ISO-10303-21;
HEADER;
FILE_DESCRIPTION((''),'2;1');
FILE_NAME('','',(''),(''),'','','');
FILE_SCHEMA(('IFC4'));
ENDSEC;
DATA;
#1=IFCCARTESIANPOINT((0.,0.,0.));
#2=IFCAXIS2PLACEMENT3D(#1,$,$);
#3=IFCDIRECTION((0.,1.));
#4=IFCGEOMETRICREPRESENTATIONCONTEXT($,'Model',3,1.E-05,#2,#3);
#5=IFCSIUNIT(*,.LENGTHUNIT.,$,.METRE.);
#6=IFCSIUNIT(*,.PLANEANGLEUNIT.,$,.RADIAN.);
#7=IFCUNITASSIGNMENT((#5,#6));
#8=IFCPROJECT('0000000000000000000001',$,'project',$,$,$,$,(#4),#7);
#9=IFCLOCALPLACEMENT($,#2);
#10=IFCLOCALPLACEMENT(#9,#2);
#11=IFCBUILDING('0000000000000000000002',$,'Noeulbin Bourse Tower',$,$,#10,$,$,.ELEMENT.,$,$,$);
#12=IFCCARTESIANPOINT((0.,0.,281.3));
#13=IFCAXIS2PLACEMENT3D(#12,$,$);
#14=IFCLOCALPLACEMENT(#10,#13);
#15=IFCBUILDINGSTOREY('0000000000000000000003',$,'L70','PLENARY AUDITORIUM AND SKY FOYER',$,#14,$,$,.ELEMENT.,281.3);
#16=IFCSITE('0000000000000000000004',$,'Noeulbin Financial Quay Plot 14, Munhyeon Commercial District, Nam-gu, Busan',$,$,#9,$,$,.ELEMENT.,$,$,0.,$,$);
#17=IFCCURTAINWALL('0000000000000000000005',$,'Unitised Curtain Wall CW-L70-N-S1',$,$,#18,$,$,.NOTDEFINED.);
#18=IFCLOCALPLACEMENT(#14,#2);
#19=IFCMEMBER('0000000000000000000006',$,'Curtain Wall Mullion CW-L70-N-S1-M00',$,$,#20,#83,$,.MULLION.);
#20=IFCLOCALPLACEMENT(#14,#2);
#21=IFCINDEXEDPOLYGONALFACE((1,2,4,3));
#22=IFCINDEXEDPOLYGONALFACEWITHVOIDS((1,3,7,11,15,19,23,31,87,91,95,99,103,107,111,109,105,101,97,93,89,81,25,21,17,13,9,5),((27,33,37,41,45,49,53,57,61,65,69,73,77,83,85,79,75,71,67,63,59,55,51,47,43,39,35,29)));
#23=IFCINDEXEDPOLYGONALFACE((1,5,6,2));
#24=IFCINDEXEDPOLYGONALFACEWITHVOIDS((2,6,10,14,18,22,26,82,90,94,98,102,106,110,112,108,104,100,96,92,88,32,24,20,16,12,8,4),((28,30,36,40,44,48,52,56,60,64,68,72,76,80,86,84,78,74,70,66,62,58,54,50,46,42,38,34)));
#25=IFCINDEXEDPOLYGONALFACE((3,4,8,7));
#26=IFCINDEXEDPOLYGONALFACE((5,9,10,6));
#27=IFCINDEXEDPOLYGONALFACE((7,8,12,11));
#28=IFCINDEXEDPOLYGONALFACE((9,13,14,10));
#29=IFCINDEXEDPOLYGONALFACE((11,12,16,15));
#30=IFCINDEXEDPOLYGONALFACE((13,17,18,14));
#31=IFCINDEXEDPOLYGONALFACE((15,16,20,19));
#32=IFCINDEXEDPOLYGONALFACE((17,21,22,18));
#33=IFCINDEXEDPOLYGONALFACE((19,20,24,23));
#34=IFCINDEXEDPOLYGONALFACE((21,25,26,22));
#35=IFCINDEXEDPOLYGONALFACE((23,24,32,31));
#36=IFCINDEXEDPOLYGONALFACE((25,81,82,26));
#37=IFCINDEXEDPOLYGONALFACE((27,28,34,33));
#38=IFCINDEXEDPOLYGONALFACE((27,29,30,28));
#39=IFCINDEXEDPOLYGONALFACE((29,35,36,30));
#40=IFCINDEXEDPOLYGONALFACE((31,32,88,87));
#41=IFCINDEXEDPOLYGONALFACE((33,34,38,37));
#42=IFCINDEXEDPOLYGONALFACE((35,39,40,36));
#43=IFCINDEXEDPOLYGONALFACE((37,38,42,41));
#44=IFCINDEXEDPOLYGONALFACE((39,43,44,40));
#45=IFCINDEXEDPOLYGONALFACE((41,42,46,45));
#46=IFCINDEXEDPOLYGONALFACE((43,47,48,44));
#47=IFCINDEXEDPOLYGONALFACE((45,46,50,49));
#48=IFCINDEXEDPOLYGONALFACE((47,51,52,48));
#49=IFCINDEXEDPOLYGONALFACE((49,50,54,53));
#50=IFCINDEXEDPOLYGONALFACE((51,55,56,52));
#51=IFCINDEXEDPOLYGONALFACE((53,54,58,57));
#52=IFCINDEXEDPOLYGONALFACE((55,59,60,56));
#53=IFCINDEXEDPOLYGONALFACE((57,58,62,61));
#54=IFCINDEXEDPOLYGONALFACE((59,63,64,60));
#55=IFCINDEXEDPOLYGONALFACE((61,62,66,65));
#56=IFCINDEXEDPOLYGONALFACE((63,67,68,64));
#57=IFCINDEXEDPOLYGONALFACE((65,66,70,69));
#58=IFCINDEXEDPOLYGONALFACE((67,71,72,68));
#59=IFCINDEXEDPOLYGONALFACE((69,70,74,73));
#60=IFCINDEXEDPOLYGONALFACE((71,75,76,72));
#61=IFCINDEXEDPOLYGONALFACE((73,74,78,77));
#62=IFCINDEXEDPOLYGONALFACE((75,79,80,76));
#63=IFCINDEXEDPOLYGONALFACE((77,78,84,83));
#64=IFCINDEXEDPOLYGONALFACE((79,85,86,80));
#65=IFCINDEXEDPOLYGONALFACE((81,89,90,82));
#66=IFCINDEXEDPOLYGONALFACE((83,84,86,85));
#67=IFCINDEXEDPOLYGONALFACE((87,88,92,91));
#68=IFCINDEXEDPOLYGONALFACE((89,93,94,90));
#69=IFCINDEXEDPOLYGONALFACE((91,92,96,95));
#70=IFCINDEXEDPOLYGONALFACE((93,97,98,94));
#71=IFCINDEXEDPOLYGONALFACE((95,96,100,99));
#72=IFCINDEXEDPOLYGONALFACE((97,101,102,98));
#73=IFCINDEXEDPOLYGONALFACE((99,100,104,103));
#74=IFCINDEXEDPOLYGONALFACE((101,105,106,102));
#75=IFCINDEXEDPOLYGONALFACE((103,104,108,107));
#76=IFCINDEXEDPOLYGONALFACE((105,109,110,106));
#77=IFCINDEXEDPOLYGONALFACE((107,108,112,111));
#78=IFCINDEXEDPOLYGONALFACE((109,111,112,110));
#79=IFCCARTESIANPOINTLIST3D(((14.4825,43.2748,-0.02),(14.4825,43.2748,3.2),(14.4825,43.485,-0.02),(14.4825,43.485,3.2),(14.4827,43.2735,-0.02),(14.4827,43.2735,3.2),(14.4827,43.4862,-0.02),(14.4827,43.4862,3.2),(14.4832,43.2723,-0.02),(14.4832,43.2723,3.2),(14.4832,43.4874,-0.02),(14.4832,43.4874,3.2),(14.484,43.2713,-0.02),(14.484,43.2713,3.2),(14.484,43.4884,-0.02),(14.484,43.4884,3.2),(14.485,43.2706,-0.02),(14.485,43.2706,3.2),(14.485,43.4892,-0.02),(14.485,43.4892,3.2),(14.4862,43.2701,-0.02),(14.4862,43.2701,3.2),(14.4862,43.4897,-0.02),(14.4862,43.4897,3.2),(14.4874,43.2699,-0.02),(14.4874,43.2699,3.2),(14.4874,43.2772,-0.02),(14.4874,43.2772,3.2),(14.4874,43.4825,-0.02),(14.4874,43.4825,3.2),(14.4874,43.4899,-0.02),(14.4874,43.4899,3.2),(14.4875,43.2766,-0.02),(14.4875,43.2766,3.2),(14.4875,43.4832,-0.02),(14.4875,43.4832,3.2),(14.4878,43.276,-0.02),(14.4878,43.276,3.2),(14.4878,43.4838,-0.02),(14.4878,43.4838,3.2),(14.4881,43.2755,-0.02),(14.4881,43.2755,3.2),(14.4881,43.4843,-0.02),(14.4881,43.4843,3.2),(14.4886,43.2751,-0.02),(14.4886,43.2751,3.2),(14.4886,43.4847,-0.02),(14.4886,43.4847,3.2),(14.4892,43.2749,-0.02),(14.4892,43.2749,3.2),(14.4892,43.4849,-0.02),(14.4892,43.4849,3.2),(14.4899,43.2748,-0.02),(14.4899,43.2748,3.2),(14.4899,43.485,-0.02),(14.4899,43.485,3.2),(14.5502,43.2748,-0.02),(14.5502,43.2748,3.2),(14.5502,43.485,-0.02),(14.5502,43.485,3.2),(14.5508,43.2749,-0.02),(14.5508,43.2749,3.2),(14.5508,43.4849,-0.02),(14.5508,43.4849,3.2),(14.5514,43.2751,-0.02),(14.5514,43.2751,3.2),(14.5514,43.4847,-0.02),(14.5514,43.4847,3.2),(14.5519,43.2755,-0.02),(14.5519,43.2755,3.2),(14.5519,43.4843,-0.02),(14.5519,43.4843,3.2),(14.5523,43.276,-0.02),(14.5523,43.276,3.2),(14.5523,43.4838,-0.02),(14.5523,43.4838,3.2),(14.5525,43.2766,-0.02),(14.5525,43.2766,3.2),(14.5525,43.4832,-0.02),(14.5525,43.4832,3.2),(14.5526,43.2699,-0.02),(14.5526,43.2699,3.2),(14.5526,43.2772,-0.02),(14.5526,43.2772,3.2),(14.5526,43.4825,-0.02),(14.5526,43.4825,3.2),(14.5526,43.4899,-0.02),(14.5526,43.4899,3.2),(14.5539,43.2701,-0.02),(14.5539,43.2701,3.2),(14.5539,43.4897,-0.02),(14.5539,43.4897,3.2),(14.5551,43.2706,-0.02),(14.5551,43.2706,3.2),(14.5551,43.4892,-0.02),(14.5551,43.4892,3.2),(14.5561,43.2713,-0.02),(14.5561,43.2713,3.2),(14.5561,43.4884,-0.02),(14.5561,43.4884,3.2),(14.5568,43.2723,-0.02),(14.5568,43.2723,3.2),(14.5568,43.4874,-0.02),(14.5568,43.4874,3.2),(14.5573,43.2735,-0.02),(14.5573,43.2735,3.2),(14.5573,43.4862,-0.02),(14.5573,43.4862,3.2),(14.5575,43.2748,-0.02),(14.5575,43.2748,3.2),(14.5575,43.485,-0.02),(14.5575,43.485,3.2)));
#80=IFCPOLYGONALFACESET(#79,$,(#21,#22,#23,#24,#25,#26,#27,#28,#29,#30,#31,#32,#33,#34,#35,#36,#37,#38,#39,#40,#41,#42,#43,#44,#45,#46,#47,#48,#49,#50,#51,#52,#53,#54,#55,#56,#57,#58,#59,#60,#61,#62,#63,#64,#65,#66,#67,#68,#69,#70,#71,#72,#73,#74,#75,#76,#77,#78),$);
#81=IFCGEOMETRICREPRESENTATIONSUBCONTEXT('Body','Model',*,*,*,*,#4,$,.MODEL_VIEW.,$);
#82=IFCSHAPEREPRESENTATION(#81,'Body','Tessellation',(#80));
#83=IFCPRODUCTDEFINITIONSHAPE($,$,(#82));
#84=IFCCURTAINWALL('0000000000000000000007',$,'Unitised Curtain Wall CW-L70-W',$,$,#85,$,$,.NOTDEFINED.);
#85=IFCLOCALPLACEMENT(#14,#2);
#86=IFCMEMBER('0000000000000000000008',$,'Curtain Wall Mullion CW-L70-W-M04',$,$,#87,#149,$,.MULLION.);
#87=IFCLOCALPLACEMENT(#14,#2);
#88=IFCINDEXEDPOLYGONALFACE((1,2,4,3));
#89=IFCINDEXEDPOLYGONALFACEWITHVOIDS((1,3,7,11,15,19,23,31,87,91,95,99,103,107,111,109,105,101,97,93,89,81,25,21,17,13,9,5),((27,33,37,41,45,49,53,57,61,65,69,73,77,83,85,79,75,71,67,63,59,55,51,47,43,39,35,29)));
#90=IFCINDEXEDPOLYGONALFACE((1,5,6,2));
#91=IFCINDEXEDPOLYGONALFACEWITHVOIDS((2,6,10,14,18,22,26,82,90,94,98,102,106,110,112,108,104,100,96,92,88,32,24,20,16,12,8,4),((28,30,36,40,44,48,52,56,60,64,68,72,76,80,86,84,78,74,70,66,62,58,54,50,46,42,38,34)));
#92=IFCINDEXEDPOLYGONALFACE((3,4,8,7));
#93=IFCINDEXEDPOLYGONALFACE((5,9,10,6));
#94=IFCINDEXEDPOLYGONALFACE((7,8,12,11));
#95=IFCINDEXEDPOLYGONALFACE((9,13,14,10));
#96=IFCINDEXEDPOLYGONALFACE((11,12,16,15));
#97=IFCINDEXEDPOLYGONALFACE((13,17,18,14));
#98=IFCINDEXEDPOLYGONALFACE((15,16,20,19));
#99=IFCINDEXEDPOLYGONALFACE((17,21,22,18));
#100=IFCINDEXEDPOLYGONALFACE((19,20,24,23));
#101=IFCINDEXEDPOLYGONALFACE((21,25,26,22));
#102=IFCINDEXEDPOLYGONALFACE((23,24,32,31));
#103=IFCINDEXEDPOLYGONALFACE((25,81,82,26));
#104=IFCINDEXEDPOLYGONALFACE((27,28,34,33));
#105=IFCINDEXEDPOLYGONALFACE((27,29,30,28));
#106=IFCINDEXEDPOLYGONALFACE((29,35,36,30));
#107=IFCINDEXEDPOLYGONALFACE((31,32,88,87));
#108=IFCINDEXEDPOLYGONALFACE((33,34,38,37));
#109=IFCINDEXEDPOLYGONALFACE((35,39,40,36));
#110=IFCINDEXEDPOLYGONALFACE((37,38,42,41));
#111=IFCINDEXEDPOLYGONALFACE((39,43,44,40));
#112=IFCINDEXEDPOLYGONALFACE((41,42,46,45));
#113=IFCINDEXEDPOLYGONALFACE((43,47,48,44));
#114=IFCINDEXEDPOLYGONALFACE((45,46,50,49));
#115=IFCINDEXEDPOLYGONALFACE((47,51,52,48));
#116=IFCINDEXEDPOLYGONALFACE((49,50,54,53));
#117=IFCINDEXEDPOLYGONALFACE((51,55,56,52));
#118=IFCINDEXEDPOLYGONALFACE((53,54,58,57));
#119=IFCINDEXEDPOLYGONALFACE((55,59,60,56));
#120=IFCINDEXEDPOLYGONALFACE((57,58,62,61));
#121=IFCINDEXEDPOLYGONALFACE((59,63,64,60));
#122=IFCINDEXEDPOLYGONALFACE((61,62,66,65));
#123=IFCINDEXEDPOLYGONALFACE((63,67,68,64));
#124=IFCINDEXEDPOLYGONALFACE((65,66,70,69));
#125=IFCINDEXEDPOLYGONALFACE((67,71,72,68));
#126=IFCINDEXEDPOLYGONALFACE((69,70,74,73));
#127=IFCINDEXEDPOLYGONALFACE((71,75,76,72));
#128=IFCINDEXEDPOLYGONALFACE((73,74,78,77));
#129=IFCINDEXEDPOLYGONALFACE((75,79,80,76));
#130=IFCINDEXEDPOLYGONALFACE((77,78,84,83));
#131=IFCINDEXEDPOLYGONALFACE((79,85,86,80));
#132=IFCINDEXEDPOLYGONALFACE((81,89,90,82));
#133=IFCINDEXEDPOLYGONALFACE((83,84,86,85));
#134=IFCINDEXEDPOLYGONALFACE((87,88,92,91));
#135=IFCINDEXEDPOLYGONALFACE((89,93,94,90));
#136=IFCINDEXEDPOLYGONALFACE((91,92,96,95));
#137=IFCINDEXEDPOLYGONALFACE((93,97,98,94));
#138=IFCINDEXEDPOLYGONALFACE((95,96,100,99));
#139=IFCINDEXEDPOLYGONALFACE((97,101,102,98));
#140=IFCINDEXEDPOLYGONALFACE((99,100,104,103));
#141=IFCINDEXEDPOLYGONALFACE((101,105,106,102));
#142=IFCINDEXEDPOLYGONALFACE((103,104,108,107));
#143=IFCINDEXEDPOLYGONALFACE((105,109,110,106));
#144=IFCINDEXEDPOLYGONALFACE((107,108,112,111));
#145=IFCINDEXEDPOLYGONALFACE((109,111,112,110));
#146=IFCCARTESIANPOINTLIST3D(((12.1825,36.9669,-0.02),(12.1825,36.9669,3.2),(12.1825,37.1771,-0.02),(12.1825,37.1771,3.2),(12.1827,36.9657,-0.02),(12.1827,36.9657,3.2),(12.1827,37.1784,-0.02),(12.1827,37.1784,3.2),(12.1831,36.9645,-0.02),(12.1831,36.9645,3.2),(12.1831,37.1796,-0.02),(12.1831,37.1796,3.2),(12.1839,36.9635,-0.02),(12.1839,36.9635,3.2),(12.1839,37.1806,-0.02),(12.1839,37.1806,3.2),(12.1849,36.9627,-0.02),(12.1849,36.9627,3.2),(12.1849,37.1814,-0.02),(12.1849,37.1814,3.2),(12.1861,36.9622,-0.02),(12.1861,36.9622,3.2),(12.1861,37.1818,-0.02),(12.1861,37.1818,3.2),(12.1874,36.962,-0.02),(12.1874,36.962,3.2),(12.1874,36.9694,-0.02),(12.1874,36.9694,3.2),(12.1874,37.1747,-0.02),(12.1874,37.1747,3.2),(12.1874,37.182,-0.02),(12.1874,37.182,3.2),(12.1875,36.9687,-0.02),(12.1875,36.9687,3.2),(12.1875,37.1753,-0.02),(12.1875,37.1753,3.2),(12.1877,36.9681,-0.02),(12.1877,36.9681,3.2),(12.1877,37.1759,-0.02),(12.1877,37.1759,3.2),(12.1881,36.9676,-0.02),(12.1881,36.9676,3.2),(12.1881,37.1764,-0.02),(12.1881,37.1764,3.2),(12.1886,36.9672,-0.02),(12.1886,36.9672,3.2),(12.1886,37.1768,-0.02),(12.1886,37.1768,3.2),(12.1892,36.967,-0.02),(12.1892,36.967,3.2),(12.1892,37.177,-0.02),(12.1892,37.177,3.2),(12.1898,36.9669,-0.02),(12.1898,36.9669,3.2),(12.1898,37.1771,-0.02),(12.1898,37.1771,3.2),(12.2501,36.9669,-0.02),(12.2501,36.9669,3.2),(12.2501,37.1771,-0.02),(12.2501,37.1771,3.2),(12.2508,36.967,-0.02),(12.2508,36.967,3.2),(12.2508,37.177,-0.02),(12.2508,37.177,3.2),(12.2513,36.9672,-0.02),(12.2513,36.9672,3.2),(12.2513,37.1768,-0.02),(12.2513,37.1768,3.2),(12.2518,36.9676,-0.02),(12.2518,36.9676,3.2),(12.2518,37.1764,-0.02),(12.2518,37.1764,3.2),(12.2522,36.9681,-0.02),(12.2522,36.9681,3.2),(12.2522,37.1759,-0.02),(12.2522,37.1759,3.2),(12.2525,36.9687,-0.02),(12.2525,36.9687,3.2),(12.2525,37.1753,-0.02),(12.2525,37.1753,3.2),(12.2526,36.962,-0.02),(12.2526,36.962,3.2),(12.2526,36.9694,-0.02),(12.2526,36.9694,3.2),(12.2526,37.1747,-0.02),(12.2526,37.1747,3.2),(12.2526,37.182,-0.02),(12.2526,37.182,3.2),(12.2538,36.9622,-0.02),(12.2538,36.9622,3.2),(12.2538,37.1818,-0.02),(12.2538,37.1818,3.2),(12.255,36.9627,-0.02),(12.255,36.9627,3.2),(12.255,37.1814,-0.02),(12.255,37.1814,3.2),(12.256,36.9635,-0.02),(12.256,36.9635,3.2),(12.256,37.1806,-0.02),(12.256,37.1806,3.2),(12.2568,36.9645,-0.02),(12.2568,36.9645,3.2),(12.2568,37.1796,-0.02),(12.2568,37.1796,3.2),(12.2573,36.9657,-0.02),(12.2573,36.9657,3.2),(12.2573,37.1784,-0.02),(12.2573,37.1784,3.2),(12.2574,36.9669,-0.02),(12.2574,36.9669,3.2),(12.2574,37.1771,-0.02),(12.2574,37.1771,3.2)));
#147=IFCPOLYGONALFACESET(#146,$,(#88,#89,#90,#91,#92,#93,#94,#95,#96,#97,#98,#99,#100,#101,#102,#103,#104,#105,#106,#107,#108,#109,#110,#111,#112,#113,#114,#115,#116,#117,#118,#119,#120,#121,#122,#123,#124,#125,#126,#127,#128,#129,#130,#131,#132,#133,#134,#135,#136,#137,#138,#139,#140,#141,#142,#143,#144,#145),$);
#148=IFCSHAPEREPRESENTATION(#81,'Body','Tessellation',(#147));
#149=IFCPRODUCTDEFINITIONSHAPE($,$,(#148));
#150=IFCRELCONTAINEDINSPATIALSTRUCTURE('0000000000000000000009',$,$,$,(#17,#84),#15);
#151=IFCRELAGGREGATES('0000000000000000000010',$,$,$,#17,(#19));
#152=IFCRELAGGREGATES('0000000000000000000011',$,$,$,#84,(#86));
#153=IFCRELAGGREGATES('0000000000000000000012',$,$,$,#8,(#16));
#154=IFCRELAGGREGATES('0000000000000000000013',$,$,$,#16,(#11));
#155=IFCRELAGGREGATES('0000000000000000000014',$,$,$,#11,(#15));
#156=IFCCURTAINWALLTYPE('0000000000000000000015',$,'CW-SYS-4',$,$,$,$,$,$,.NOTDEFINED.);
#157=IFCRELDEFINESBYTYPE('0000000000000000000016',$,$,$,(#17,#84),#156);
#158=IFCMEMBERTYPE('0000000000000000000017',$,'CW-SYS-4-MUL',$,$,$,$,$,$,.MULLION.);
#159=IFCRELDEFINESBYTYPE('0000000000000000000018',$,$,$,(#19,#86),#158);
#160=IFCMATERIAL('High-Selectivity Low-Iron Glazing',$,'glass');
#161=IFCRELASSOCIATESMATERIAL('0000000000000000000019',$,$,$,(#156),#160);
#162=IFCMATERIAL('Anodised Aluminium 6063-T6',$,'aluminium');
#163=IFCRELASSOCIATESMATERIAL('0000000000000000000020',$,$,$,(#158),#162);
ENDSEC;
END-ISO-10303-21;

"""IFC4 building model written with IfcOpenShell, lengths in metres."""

from ifc_helpers import new_model, si_unit, direction, frame, origin, origin_2d, place, context, subcontext, project, spatial, hollow_rectangle, extrude, material, material_profile, profile_set, type_object, element, aggregate, save


model = new_model("IFC4")

# Units and contexts
model_context = context("Model", 3, precision=1e-05, world=origin(), true_north=direction((0.0, 1.0)))
body_context = subcontext(model_context, "Body", "Model", "MODEL_VIEW")
ifc_project = project(units=[si_unit("LENGTHUNIT", "METRE"), si_unit("PLANEANGLEUNIT", "RADIAN")], contexts=[model_context])

# Site, building, storey
site_placement = place(None, origin())
site = spatial("IfcSite", under=ifc_project, at=site_placement, Name="Noeulbin Financial Quay Plot 14, Munhyeon Commercial District, Nam-gu, Busan", CompositionType="ELEMENT", RefElevation=0.0)
building_placement = place(site_placement, origin())
building = spatial("IfcBuilding", under=site, at=building_placement, Name="Noeulbin Bourse Tower", CompositionType="ELEMENT")
storey_placement = place(building_placement, frame((0.0, 0.0, 281.3)))
storey = spatial("IfcBuildingStorey", under=building, at=storey_placement, Name="L70", Description="PLENARY AUDITORIUM AND SKY FOYER", CompositionType="ELEMENT", Elevation=281.3)

# Curtain wall, member
ifc_material_1 = material(Name="High-Selectivity Low-Iron Glazing", Category="glass")
curtain_wall_type = type_object("IfcCurtainWallType", Name="CW-SYS-4", PredefinedType="NOTDEFINED", material=ifc_material_1)
curtain_wall_1_placement = place(storey_placement, origin())
curtain_wall_1 = element("IfcCurtainWall", 1, at=curtain_wall_1_placement, inside=storey, type_object=curtain_wall_type, Name="Unitised Curtain Wall CW-L70-N-S1", PredefinedType="NOTDEFINED")
ifc_material_2 = material(Name="Anodised Aluminium 6063-T6", Category="aluminium")
ifc_material_profile_1 = material_profile(ifc_material_2, hollow_rectangle(XDim=0.075, YDim=0.22, WallThickness=0.0049, InnerFilletRadius=0.0024, OuterFilletRadius=0.0049, at=origin_2d()), Name="ALU-MULL-75x220x5", Category="LoadBearing")
ifc_profile_set_1 = profile_set([ifc_material_profile_1], Name="Anodised Aluminium 6063-T6")
member_type_1 = type_object("IfcMemberType", Name="CW-SYS-4-MUL", PredefinedType="MULLION", material=ifc_profile_set_1)
member_1_placement = place(storey_placement, frame((14.52, 43.3799, -0.02), z_axis=(0.0, 0.0, 1.0), x_axis=(1.0, 0.0, 0.0)))
member_1 = element("IfcMember", 2, at=member_1_placement, type_object=member_type_1, Name="Curtain Wall Mullion CW-L70-N-S1-M00", PredefinedType="MULLION", context=body_context, shape_type="SweptSolid", body=[
    extrude(hollow_rectangle(XDim=0.075, YDim=0.22, WallThickness=0.0049, InnerFilletRadius=0.0024, OuterFilletRadius=0.0049, at=origin_2d()), origin(), (0.0, 0.0, 1.0), 3.22),
])

# Curtain wall, member
curtain_wall_2_placement = place(storey_placement, origin())
curtain_wall_2 = element("IfcCurtainWall", 3, at=curtain_wall_2_placement, inside=storey, type_object=curtain_wall_type, Name="Unitised Curtain Wall CW-L70-W", PredefinedType="NOTDEFINED")
member_2_placement = place(storey_placement, frame((12.22, 37.072, -0.02), z_axis=(0.0, 0.0, 1.0), x_axis=(1.0, 0.0, 0.0)))
member_2 = element("IfcMember", 4, at=member_2_placement, type_object=member_type_1, Name="Curtain Wall Mullion CW-L70-W-M04", PredefinedType="MULLION", context=body_context, shape_type="SweptSolid", body=[
    extrude(hollow_rectangle(XDim=0.075, YDim=0.22, WallThickness=0.0049, InnerFilletRadius=0.0024, OuterFilletRadius=0.0049, at=origin_2d()), origin(), (0.0, 0.0, 1.0), 3.22),
])

aggregate(curtain_wall_1, [member_1])
aggregate(curtain_wall_2, [member_2])

save(model, "model.ifc")
